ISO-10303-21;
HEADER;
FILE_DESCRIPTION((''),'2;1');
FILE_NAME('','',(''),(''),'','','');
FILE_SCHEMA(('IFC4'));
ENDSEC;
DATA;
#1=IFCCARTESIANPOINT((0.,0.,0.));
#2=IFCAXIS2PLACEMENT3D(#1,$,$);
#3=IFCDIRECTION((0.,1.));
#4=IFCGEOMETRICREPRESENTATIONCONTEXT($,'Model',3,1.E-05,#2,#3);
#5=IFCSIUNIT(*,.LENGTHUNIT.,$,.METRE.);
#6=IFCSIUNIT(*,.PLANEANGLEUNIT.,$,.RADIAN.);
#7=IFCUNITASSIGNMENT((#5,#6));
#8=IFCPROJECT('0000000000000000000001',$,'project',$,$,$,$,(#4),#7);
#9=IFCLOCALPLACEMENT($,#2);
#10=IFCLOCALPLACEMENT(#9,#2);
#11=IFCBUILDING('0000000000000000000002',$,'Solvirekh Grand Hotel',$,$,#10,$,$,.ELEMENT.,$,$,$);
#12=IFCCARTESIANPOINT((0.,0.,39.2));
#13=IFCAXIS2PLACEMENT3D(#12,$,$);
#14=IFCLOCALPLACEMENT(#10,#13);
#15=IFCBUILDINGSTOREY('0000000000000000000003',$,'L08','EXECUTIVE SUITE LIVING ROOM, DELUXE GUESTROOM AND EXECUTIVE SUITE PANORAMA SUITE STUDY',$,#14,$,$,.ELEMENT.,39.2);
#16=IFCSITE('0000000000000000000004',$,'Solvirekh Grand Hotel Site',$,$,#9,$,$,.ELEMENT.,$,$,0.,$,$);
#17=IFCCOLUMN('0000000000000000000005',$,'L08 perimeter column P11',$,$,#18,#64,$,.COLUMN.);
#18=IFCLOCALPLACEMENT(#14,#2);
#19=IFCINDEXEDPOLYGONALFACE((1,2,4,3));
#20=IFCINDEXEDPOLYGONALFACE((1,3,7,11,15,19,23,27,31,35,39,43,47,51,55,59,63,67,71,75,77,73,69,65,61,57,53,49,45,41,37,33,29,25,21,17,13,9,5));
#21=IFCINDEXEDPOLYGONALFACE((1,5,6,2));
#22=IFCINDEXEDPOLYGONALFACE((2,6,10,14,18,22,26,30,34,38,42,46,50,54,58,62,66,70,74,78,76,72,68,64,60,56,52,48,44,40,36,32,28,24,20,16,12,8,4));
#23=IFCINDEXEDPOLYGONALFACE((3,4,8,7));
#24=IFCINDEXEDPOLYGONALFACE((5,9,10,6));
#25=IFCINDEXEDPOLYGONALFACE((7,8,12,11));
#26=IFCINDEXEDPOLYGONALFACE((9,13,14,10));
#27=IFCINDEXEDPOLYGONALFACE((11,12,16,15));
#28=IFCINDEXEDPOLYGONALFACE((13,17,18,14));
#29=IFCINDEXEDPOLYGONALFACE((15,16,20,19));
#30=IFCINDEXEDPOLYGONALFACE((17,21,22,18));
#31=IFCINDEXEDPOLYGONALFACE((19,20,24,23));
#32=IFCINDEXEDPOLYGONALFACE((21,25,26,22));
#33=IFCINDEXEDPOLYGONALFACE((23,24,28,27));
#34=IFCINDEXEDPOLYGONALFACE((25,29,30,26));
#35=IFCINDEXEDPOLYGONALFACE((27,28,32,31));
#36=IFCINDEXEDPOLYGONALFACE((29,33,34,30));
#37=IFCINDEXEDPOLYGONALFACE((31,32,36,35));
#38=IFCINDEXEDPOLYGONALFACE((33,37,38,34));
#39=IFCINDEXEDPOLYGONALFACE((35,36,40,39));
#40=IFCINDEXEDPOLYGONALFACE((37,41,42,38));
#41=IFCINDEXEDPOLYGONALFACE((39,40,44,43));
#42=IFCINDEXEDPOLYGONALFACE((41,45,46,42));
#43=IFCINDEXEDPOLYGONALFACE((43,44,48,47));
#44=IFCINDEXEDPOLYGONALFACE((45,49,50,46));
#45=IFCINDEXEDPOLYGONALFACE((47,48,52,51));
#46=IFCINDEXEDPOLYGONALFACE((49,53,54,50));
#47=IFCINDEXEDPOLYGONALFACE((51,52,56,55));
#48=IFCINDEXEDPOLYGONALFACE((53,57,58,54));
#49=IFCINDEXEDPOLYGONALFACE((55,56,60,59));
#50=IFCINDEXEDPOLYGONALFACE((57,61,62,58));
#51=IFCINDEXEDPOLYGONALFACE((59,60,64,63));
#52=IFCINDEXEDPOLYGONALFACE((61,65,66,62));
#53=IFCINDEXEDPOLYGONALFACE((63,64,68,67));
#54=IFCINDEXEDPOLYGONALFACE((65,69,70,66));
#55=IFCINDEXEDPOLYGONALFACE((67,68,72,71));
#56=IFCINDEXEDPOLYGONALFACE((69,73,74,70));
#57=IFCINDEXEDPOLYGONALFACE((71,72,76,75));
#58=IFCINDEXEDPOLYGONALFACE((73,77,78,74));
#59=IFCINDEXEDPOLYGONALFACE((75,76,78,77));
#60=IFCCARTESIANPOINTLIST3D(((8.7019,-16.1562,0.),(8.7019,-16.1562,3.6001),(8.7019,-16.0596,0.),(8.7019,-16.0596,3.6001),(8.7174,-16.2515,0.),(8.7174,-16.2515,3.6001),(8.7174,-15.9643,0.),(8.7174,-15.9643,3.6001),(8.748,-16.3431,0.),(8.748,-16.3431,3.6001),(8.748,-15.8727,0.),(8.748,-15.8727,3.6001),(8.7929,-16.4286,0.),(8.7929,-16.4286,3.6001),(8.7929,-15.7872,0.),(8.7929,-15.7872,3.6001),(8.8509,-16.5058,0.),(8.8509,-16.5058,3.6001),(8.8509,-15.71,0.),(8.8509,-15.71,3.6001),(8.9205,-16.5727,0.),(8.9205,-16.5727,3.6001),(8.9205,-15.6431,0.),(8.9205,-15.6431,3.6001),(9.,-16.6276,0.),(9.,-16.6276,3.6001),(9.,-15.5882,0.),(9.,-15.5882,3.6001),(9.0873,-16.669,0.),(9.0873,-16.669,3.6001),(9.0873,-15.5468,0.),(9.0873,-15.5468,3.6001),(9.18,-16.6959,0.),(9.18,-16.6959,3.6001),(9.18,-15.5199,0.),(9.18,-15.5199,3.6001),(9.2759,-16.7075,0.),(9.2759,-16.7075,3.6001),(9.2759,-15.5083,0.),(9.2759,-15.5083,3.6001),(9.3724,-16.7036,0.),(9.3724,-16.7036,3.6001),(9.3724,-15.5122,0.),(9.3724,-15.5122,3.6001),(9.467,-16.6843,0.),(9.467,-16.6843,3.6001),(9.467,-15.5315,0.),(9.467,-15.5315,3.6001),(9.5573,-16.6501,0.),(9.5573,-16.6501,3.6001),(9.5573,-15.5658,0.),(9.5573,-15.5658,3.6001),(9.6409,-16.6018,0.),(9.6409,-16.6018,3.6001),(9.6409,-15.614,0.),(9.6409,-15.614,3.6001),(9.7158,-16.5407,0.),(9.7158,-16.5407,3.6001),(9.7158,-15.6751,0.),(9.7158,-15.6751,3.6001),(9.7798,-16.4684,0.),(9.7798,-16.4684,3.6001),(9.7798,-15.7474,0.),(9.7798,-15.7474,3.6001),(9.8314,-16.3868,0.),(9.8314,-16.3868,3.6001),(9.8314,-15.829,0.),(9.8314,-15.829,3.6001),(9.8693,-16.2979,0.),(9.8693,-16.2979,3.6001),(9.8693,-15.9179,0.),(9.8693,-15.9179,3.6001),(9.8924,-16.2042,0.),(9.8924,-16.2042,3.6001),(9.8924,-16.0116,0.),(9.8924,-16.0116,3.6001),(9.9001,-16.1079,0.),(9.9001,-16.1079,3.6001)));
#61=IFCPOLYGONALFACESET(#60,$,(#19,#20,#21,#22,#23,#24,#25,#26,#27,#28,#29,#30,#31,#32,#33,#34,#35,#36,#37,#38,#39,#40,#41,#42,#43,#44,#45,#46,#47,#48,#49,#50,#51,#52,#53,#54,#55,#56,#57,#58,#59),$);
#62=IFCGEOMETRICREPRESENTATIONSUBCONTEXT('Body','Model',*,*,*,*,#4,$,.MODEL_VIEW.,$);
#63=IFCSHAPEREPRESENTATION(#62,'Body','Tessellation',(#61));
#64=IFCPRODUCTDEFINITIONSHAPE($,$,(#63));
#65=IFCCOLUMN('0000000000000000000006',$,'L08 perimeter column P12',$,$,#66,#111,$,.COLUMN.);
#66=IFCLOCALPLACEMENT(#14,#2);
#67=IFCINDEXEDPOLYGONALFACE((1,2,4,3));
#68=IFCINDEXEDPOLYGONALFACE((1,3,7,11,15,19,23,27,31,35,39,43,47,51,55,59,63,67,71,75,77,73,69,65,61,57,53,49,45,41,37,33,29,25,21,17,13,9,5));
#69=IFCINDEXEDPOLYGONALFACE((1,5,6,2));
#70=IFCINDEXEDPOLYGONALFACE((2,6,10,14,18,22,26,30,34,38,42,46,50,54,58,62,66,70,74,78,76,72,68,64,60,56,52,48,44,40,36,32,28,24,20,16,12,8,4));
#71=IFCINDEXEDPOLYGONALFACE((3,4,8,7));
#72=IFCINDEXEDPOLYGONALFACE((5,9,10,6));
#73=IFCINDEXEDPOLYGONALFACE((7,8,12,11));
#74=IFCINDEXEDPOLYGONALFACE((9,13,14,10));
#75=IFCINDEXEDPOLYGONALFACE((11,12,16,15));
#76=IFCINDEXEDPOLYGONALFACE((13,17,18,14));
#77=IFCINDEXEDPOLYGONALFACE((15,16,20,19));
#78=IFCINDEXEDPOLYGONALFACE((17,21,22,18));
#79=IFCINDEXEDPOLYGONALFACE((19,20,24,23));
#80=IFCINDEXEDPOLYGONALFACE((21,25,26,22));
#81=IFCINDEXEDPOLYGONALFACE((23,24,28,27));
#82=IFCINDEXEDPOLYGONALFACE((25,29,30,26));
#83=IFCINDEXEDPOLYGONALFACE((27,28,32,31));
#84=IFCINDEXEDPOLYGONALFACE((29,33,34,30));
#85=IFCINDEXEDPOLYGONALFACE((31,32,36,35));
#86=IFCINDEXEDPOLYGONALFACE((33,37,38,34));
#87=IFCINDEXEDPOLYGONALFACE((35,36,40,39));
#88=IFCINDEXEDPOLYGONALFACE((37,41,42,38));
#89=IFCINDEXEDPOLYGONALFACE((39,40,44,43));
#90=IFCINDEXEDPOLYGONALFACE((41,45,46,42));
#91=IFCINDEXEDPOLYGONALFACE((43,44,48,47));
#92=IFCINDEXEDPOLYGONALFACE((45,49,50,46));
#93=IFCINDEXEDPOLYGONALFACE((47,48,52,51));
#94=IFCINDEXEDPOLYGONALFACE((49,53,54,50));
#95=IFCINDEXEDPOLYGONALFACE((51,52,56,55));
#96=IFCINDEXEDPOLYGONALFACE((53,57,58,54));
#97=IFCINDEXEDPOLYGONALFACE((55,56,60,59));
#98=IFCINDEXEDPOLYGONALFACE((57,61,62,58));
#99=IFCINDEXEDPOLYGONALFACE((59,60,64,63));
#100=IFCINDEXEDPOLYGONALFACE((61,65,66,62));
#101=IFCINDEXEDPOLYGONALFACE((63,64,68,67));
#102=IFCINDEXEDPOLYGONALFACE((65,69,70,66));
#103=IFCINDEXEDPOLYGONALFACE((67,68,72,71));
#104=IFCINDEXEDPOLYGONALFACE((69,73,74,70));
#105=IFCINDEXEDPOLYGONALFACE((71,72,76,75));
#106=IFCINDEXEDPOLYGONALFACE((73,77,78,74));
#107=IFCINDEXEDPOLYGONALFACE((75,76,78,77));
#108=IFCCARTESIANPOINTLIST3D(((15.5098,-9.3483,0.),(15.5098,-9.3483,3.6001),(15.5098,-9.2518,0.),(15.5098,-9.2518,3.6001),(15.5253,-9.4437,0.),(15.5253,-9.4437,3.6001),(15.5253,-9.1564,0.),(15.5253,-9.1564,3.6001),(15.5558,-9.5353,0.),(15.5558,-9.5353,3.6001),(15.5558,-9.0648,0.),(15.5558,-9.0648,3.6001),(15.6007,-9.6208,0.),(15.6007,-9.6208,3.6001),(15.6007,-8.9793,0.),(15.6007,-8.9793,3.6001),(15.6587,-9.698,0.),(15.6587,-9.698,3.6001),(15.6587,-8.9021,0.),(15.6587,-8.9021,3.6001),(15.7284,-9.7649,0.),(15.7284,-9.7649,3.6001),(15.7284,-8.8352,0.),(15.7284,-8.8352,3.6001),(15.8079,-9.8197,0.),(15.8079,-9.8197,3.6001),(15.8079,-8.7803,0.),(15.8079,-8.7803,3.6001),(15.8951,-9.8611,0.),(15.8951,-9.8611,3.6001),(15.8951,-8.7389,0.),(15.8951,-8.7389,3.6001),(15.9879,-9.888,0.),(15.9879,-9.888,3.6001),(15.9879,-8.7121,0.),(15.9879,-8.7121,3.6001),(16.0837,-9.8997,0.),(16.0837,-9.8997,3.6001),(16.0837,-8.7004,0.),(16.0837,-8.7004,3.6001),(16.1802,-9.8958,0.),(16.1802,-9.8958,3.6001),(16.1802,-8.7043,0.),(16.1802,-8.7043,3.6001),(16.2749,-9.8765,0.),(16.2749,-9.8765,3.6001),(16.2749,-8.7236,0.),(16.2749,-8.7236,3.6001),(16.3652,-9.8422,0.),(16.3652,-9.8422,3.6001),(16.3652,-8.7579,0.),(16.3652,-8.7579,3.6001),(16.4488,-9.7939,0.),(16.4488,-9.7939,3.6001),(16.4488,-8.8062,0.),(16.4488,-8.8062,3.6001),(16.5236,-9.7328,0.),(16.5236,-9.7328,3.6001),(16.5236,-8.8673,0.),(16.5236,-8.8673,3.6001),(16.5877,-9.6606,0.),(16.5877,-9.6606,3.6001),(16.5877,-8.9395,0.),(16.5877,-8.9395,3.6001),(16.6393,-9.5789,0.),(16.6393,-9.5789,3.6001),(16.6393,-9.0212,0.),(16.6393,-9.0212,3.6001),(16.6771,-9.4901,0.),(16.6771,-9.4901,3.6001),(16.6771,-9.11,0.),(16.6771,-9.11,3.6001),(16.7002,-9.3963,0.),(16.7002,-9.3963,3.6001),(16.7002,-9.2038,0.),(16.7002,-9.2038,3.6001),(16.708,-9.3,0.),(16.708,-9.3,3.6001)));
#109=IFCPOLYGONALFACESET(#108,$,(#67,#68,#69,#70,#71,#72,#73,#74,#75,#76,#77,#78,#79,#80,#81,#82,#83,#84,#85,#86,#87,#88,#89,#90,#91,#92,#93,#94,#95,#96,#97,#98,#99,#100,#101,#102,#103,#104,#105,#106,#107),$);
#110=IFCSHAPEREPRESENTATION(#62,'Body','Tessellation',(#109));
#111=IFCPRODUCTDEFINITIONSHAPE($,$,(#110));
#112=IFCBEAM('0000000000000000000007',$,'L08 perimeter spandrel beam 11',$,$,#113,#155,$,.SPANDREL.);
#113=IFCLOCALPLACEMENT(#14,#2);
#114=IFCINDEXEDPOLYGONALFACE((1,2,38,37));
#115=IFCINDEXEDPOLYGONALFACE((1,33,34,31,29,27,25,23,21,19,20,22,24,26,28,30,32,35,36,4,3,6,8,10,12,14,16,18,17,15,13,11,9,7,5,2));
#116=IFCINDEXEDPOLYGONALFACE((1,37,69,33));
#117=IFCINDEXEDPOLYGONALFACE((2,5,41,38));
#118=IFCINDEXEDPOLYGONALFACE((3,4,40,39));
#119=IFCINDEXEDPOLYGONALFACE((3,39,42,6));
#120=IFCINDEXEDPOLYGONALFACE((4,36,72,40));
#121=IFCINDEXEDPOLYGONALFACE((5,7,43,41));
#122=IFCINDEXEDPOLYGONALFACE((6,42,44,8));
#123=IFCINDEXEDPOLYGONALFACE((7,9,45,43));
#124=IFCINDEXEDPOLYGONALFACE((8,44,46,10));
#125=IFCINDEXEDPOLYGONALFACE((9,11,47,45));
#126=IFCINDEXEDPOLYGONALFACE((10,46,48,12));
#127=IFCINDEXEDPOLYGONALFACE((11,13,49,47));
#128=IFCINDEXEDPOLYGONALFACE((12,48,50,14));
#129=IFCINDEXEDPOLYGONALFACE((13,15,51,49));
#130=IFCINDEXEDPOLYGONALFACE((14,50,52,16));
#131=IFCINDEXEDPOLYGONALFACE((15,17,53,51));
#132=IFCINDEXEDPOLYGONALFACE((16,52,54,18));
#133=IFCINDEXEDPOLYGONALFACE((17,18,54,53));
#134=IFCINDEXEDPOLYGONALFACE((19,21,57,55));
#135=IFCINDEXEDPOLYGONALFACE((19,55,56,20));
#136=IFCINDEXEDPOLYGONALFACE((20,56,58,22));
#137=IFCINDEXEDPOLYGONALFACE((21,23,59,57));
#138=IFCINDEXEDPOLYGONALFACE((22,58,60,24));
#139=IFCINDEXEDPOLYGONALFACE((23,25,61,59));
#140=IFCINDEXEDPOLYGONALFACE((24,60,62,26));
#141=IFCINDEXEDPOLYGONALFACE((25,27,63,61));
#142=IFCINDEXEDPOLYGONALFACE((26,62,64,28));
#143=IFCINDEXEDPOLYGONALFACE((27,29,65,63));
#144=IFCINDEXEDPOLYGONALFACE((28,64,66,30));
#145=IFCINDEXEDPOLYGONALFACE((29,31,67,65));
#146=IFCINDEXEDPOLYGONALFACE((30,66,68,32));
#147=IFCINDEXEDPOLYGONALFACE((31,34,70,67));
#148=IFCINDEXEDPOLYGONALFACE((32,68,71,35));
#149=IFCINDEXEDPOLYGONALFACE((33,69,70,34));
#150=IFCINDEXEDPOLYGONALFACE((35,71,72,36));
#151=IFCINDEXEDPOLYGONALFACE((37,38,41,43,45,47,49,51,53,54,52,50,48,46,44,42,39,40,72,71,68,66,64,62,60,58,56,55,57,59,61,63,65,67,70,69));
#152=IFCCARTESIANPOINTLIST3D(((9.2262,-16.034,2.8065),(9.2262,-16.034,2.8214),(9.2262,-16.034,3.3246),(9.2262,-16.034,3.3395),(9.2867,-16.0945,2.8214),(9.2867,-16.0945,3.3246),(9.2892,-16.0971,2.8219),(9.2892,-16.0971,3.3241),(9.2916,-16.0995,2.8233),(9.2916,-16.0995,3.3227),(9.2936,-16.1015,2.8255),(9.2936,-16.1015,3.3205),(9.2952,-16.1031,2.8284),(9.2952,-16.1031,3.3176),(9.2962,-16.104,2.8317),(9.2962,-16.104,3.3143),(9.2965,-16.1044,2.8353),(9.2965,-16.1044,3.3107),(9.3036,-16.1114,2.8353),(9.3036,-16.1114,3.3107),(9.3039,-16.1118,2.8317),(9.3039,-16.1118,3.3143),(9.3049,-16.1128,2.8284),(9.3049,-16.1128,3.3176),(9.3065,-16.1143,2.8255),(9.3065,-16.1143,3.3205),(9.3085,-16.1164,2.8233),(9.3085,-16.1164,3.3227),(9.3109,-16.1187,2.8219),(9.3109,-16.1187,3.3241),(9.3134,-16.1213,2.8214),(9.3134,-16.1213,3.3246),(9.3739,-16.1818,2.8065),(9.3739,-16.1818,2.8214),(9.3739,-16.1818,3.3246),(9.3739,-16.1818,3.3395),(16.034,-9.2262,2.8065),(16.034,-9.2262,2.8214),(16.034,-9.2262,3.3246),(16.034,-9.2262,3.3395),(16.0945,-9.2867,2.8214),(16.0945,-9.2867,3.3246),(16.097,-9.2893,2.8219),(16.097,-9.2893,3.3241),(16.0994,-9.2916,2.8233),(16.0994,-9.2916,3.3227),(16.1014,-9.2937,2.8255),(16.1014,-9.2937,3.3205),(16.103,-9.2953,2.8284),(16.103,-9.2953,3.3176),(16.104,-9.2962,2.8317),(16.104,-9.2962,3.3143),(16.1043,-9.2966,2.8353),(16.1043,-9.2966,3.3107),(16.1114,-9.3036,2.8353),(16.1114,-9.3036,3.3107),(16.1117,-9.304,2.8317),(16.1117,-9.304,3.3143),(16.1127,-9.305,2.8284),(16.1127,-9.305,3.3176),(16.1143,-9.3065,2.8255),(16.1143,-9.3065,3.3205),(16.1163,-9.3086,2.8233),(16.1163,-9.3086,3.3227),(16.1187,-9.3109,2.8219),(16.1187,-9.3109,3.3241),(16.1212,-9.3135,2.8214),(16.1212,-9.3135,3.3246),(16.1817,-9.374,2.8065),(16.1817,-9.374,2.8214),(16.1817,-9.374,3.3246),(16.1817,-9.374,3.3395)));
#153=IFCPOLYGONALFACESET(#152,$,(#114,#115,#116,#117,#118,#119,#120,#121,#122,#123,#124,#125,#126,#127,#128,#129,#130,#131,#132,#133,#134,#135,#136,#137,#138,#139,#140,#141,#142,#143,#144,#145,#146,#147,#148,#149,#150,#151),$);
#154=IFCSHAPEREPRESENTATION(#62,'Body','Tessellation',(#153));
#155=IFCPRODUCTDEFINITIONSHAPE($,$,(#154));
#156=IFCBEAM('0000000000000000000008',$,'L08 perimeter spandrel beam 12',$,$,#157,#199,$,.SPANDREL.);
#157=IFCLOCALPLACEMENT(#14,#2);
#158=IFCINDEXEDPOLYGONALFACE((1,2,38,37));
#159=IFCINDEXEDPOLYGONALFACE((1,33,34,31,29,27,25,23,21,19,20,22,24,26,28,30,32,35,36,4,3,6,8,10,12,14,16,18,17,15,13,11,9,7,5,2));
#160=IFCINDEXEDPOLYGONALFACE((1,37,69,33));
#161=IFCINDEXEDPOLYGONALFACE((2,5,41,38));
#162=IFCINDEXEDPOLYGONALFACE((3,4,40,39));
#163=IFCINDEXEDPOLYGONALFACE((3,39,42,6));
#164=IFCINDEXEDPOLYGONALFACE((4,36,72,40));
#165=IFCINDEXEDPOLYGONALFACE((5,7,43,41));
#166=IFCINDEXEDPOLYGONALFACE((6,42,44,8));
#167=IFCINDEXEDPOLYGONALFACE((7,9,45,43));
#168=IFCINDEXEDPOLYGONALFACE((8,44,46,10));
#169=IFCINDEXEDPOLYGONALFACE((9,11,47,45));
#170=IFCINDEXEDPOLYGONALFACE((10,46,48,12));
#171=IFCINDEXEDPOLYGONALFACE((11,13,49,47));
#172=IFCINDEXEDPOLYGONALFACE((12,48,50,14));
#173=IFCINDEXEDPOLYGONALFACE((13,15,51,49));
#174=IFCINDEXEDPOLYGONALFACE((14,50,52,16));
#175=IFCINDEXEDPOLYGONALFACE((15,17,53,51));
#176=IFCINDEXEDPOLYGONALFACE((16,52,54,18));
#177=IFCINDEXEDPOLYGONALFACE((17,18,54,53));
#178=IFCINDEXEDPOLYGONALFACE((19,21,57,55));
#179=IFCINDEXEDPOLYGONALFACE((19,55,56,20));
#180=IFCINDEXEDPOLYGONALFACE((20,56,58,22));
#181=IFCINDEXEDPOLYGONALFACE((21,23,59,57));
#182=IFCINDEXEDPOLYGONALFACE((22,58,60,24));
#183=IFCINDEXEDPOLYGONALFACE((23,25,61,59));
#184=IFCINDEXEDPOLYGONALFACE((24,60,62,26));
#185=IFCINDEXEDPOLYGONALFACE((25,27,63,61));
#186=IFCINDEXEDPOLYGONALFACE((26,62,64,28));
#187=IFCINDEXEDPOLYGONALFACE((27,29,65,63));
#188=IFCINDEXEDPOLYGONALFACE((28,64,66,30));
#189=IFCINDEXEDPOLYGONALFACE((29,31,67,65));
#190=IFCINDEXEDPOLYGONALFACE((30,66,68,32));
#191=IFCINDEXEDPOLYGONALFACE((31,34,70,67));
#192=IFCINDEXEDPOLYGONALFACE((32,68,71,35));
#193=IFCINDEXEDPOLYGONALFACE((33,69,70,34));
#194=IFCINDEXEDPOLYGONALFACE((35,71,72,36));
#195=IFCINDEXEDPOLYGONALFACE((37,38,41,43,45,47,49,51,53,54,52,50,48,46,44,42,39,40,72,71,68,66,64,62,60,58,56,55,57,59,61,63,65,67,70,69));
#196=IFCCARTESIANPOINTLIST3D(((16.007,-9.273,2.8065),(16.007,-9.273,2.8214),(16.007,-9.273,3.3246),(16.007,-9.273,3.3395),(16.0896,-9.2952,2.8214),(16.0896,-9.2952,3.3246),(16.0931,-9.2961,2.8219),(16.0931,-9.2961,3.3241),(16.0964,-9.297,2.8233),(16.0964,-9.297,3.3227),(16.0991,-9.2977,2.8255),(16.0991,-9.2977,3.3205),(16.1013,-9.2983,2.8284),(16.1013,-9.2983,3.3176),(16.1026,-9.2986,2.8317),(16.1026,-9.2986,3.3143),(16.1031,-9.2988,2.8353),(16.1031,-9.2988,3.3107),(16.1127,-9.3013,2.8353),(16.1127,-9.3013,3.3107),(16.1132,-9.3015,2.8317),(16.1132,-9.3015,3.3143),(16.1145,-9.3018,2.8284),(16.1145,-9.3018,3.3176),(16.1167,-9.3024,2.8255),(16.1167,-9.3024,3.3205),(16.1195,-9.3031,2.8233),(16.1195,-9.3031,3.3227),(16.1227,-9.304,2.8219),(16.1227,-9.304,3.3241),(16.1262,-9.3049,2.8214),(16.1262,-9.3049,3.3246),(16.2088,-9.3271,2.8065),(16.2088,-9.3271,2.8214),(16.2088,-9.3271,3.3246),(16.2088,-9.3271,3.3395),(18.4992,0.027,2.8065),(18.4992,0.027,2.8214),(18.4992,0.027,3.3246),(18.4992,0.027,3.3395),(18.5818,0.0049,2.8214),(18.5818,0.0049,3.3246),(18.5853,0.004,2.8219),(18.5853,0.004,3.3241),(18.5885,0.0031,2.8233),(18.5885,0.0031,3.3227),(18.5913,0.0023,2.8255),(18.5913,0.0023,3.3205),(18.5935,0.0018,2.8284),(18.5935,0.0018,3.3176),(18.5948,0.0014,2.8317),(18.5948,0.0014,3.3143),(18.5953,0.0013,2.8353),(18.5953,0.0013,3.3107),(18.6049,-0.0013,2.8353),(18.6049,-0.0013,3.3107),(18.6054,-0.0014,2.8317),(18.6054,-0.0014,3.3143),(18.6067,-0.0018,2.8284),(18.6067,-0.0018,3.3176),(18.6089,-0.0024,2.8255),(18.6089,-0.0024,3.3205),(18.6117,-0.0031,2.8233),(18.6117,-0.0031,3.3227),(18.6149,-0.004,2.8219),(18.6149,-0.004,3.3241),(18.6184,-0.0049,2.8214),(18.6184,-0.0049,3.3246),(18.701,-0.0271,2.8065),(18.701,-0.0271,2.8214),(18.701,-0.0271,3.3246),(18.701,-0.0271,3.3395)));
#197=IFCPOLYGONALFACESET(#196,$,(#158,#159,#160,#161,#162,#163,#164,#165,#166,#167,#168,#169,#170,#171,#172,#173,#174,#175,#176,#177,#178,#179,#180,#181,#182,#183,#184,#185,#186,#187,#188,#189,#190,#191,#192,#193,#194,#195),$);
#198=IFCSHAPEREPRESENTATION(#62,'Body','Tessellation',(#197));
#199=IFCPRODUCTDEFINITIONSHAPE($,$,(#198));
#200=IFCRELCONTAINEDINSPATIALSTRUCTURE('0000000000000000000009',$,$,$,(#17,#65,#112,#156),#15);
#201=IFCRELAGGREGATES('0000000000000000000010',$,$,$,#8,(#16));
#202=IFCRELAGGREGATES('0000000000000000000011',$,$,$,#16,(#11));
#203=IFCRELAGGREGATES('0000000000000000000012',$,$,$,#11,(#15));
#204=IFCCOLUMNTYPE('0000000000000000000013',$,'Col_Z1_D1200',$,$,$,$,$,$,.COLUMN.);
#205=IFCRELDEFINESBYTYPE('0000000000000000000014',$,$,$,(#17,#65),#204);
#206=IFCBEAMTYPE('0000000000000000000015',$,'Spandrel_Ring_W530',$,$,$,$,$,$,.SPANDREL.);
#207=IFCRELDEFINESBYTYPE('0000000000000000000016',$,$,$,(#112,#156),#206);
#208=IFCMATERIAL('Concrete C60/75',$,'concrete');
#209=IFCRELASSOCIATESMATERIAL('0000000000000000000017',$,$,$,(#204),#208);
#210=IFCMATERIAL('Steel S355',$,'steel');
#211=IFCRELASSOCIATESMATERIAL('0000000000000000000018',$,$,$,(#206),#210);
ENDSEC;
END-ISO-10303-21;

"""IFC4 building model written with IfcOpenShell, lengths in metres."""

from ifc_helpers import new_model, si_unit, direction, frame, origin, origin_2d, place, context, subcontext, project, spatial, circle, i_section, extrude, material, material_profile, profile_set, type_object, element, save


model = new_model("IFC4")

# Units and contexts
model_context = context("Model", 3, precision=1e-05, world=origin(), true_north=direction((0.0, 1.0)))
body_context = subcontext(model_context, "Body", "Model", "MODEL_VIEW")
ifc_project = project(units=[si_unit("LENGTHUNIT", "METRE"), si_unit("PLANEANGLEUNIT", "RADIAN")], contexts=[model_context])

# Site, building, storey
site_placement = place(None, origin())
site = spatial("IfcSite", under=ifc_project, at=site_placement, Name="Solvirekh Grand Hotel Site", CompositionType="ELEMENT", RefElevation=0.0)
building_placement = place(site_placement, origin())
building = spatial("IfcBuilding", under=site, at=building_placement, Name="Solvirekh Grand Hotel", CompositionType="ELEMENT")
storey_placement = place(building_placement, frame((0.0, 0.0, 39.2)))
storey = spatial("IfcBuildingStorey", under=building, at=storey_placement, Name="L08", Description="EXECUTIVE SUITE LIVING ROOM, DELUXE GUESTROOM AND EXECUTIVE SUITE PANORAMA SUITE STUDY", CompositionType="ELEMENT", Elevation=39.2)

# Columns
ifc_material_1 = material(Name="Concrete C60/75", Category="concrete")
ifc_material_profile_1 = material_profile(ifc_material_1, circle(Radius=0.6001, at=origin_2d()), Name="RC CIRC D1200")
ifc_profile_set_1 = profile_set([ifc_material_profile_1], Name="Concrete C60/75")
column_type = type_object("IfcColumnType", Name="Col_Z1_D1200", PredefinedType="COLUMN", material=ifc_profile_set_1)
for number, where, z_axis, x_axis, name in (
    (1, (9.3, -16.1079, 0.0), (0.0, 0.0, 1.0), (1.0, 0.0, 0.0), "L08 perimeter column P11"),
    (2, (16.1079, -9.3, 0.0), (0.0, 0.0, 1.0), (1.0, 0.0, 0.0), "L08 perimeter column P12"),
):
    element("IfcColumn", number, at=place(storey_placement, frame(where, z_axis=z_axis, x_axis=x_axis)), inside=storey, type_object=column_type, Name=name, PredefinedType="COLUMN", context=body_context, shape_type="SweptSolid", body=[
        extrude(circle(Radius=0.6001, at=origin_2d()), origin(), (0.0, 0.0, 1.0), 3.6001),
    ])

# Beams
ifc_material_2 = material(Name="Steel S355", Category="steel")
ifc_material_profile_2 = material_profile(ifc_material_2, i_section(OverallWidth=0.209, OverallDepth=0.533, WebThickness=0.01, FlangeThickness=0.0149, FilletRadius=0.0139, at=origin_2d()), Name="W530X92")
ifc_profile_set_2 = profile_set([ifc_material_profile_2], Name="Steel S355")
beam_type = type_object("IfcBeamType", Name="Spandrel_Ring_W530", PredefinedType="SPANDREL", material=ifc_profile_set_2)
beam_1_placement = place(storey_placement, frame((9.3, -16.1079, 3.073), z_axis=(0.707107, 0.707107, 0.0), x_axis=(-0.707107, 0.707107, 0.0)))
element("IfcBeam", 3, at=beam_1_placement, inside=storey, type_object=beam_type, Name="L08 perimeter spandrel beam 11", PredefinedType="SPANDREL", context=body_context, shape_type="SweptSolid", body=[
    extrude(i_section(OverallWidth=0.209, OverallDepth=0.533, WebThickness=0.01, FlangeThickness=0.0149, FilletRadius=0.0139, at=origin_2d()), origin(), (0.0, 0.0, 1.0), 9.6277),
])
beam_2_placement = place(storey_placement, frame((16.1079, -9.3, 3.073), z_axis=(0.258843, 0.965919, 0.0), x_axis=(-0.965919, 0.258843, 0.0)))
element("IfcBeam", 4, at=beam_2_placement, inside=storey, type_object=beam_type, Name="L08 perimeter spandrel beam 12", PredefinedType="SPANDREL", context=body_context, shape_type="SweptSolid", body=[
    extrude(i_section(OverallWidth=0.209, OverallDepth=0.533, WebThickness=0.01, FlangeThickness=0.0149, FilletRadius=0.0139, at=origin_2d()), origin(), (0.0, 0.0, 1.0), 9.6282),
])

save(model, "model.ifc")
